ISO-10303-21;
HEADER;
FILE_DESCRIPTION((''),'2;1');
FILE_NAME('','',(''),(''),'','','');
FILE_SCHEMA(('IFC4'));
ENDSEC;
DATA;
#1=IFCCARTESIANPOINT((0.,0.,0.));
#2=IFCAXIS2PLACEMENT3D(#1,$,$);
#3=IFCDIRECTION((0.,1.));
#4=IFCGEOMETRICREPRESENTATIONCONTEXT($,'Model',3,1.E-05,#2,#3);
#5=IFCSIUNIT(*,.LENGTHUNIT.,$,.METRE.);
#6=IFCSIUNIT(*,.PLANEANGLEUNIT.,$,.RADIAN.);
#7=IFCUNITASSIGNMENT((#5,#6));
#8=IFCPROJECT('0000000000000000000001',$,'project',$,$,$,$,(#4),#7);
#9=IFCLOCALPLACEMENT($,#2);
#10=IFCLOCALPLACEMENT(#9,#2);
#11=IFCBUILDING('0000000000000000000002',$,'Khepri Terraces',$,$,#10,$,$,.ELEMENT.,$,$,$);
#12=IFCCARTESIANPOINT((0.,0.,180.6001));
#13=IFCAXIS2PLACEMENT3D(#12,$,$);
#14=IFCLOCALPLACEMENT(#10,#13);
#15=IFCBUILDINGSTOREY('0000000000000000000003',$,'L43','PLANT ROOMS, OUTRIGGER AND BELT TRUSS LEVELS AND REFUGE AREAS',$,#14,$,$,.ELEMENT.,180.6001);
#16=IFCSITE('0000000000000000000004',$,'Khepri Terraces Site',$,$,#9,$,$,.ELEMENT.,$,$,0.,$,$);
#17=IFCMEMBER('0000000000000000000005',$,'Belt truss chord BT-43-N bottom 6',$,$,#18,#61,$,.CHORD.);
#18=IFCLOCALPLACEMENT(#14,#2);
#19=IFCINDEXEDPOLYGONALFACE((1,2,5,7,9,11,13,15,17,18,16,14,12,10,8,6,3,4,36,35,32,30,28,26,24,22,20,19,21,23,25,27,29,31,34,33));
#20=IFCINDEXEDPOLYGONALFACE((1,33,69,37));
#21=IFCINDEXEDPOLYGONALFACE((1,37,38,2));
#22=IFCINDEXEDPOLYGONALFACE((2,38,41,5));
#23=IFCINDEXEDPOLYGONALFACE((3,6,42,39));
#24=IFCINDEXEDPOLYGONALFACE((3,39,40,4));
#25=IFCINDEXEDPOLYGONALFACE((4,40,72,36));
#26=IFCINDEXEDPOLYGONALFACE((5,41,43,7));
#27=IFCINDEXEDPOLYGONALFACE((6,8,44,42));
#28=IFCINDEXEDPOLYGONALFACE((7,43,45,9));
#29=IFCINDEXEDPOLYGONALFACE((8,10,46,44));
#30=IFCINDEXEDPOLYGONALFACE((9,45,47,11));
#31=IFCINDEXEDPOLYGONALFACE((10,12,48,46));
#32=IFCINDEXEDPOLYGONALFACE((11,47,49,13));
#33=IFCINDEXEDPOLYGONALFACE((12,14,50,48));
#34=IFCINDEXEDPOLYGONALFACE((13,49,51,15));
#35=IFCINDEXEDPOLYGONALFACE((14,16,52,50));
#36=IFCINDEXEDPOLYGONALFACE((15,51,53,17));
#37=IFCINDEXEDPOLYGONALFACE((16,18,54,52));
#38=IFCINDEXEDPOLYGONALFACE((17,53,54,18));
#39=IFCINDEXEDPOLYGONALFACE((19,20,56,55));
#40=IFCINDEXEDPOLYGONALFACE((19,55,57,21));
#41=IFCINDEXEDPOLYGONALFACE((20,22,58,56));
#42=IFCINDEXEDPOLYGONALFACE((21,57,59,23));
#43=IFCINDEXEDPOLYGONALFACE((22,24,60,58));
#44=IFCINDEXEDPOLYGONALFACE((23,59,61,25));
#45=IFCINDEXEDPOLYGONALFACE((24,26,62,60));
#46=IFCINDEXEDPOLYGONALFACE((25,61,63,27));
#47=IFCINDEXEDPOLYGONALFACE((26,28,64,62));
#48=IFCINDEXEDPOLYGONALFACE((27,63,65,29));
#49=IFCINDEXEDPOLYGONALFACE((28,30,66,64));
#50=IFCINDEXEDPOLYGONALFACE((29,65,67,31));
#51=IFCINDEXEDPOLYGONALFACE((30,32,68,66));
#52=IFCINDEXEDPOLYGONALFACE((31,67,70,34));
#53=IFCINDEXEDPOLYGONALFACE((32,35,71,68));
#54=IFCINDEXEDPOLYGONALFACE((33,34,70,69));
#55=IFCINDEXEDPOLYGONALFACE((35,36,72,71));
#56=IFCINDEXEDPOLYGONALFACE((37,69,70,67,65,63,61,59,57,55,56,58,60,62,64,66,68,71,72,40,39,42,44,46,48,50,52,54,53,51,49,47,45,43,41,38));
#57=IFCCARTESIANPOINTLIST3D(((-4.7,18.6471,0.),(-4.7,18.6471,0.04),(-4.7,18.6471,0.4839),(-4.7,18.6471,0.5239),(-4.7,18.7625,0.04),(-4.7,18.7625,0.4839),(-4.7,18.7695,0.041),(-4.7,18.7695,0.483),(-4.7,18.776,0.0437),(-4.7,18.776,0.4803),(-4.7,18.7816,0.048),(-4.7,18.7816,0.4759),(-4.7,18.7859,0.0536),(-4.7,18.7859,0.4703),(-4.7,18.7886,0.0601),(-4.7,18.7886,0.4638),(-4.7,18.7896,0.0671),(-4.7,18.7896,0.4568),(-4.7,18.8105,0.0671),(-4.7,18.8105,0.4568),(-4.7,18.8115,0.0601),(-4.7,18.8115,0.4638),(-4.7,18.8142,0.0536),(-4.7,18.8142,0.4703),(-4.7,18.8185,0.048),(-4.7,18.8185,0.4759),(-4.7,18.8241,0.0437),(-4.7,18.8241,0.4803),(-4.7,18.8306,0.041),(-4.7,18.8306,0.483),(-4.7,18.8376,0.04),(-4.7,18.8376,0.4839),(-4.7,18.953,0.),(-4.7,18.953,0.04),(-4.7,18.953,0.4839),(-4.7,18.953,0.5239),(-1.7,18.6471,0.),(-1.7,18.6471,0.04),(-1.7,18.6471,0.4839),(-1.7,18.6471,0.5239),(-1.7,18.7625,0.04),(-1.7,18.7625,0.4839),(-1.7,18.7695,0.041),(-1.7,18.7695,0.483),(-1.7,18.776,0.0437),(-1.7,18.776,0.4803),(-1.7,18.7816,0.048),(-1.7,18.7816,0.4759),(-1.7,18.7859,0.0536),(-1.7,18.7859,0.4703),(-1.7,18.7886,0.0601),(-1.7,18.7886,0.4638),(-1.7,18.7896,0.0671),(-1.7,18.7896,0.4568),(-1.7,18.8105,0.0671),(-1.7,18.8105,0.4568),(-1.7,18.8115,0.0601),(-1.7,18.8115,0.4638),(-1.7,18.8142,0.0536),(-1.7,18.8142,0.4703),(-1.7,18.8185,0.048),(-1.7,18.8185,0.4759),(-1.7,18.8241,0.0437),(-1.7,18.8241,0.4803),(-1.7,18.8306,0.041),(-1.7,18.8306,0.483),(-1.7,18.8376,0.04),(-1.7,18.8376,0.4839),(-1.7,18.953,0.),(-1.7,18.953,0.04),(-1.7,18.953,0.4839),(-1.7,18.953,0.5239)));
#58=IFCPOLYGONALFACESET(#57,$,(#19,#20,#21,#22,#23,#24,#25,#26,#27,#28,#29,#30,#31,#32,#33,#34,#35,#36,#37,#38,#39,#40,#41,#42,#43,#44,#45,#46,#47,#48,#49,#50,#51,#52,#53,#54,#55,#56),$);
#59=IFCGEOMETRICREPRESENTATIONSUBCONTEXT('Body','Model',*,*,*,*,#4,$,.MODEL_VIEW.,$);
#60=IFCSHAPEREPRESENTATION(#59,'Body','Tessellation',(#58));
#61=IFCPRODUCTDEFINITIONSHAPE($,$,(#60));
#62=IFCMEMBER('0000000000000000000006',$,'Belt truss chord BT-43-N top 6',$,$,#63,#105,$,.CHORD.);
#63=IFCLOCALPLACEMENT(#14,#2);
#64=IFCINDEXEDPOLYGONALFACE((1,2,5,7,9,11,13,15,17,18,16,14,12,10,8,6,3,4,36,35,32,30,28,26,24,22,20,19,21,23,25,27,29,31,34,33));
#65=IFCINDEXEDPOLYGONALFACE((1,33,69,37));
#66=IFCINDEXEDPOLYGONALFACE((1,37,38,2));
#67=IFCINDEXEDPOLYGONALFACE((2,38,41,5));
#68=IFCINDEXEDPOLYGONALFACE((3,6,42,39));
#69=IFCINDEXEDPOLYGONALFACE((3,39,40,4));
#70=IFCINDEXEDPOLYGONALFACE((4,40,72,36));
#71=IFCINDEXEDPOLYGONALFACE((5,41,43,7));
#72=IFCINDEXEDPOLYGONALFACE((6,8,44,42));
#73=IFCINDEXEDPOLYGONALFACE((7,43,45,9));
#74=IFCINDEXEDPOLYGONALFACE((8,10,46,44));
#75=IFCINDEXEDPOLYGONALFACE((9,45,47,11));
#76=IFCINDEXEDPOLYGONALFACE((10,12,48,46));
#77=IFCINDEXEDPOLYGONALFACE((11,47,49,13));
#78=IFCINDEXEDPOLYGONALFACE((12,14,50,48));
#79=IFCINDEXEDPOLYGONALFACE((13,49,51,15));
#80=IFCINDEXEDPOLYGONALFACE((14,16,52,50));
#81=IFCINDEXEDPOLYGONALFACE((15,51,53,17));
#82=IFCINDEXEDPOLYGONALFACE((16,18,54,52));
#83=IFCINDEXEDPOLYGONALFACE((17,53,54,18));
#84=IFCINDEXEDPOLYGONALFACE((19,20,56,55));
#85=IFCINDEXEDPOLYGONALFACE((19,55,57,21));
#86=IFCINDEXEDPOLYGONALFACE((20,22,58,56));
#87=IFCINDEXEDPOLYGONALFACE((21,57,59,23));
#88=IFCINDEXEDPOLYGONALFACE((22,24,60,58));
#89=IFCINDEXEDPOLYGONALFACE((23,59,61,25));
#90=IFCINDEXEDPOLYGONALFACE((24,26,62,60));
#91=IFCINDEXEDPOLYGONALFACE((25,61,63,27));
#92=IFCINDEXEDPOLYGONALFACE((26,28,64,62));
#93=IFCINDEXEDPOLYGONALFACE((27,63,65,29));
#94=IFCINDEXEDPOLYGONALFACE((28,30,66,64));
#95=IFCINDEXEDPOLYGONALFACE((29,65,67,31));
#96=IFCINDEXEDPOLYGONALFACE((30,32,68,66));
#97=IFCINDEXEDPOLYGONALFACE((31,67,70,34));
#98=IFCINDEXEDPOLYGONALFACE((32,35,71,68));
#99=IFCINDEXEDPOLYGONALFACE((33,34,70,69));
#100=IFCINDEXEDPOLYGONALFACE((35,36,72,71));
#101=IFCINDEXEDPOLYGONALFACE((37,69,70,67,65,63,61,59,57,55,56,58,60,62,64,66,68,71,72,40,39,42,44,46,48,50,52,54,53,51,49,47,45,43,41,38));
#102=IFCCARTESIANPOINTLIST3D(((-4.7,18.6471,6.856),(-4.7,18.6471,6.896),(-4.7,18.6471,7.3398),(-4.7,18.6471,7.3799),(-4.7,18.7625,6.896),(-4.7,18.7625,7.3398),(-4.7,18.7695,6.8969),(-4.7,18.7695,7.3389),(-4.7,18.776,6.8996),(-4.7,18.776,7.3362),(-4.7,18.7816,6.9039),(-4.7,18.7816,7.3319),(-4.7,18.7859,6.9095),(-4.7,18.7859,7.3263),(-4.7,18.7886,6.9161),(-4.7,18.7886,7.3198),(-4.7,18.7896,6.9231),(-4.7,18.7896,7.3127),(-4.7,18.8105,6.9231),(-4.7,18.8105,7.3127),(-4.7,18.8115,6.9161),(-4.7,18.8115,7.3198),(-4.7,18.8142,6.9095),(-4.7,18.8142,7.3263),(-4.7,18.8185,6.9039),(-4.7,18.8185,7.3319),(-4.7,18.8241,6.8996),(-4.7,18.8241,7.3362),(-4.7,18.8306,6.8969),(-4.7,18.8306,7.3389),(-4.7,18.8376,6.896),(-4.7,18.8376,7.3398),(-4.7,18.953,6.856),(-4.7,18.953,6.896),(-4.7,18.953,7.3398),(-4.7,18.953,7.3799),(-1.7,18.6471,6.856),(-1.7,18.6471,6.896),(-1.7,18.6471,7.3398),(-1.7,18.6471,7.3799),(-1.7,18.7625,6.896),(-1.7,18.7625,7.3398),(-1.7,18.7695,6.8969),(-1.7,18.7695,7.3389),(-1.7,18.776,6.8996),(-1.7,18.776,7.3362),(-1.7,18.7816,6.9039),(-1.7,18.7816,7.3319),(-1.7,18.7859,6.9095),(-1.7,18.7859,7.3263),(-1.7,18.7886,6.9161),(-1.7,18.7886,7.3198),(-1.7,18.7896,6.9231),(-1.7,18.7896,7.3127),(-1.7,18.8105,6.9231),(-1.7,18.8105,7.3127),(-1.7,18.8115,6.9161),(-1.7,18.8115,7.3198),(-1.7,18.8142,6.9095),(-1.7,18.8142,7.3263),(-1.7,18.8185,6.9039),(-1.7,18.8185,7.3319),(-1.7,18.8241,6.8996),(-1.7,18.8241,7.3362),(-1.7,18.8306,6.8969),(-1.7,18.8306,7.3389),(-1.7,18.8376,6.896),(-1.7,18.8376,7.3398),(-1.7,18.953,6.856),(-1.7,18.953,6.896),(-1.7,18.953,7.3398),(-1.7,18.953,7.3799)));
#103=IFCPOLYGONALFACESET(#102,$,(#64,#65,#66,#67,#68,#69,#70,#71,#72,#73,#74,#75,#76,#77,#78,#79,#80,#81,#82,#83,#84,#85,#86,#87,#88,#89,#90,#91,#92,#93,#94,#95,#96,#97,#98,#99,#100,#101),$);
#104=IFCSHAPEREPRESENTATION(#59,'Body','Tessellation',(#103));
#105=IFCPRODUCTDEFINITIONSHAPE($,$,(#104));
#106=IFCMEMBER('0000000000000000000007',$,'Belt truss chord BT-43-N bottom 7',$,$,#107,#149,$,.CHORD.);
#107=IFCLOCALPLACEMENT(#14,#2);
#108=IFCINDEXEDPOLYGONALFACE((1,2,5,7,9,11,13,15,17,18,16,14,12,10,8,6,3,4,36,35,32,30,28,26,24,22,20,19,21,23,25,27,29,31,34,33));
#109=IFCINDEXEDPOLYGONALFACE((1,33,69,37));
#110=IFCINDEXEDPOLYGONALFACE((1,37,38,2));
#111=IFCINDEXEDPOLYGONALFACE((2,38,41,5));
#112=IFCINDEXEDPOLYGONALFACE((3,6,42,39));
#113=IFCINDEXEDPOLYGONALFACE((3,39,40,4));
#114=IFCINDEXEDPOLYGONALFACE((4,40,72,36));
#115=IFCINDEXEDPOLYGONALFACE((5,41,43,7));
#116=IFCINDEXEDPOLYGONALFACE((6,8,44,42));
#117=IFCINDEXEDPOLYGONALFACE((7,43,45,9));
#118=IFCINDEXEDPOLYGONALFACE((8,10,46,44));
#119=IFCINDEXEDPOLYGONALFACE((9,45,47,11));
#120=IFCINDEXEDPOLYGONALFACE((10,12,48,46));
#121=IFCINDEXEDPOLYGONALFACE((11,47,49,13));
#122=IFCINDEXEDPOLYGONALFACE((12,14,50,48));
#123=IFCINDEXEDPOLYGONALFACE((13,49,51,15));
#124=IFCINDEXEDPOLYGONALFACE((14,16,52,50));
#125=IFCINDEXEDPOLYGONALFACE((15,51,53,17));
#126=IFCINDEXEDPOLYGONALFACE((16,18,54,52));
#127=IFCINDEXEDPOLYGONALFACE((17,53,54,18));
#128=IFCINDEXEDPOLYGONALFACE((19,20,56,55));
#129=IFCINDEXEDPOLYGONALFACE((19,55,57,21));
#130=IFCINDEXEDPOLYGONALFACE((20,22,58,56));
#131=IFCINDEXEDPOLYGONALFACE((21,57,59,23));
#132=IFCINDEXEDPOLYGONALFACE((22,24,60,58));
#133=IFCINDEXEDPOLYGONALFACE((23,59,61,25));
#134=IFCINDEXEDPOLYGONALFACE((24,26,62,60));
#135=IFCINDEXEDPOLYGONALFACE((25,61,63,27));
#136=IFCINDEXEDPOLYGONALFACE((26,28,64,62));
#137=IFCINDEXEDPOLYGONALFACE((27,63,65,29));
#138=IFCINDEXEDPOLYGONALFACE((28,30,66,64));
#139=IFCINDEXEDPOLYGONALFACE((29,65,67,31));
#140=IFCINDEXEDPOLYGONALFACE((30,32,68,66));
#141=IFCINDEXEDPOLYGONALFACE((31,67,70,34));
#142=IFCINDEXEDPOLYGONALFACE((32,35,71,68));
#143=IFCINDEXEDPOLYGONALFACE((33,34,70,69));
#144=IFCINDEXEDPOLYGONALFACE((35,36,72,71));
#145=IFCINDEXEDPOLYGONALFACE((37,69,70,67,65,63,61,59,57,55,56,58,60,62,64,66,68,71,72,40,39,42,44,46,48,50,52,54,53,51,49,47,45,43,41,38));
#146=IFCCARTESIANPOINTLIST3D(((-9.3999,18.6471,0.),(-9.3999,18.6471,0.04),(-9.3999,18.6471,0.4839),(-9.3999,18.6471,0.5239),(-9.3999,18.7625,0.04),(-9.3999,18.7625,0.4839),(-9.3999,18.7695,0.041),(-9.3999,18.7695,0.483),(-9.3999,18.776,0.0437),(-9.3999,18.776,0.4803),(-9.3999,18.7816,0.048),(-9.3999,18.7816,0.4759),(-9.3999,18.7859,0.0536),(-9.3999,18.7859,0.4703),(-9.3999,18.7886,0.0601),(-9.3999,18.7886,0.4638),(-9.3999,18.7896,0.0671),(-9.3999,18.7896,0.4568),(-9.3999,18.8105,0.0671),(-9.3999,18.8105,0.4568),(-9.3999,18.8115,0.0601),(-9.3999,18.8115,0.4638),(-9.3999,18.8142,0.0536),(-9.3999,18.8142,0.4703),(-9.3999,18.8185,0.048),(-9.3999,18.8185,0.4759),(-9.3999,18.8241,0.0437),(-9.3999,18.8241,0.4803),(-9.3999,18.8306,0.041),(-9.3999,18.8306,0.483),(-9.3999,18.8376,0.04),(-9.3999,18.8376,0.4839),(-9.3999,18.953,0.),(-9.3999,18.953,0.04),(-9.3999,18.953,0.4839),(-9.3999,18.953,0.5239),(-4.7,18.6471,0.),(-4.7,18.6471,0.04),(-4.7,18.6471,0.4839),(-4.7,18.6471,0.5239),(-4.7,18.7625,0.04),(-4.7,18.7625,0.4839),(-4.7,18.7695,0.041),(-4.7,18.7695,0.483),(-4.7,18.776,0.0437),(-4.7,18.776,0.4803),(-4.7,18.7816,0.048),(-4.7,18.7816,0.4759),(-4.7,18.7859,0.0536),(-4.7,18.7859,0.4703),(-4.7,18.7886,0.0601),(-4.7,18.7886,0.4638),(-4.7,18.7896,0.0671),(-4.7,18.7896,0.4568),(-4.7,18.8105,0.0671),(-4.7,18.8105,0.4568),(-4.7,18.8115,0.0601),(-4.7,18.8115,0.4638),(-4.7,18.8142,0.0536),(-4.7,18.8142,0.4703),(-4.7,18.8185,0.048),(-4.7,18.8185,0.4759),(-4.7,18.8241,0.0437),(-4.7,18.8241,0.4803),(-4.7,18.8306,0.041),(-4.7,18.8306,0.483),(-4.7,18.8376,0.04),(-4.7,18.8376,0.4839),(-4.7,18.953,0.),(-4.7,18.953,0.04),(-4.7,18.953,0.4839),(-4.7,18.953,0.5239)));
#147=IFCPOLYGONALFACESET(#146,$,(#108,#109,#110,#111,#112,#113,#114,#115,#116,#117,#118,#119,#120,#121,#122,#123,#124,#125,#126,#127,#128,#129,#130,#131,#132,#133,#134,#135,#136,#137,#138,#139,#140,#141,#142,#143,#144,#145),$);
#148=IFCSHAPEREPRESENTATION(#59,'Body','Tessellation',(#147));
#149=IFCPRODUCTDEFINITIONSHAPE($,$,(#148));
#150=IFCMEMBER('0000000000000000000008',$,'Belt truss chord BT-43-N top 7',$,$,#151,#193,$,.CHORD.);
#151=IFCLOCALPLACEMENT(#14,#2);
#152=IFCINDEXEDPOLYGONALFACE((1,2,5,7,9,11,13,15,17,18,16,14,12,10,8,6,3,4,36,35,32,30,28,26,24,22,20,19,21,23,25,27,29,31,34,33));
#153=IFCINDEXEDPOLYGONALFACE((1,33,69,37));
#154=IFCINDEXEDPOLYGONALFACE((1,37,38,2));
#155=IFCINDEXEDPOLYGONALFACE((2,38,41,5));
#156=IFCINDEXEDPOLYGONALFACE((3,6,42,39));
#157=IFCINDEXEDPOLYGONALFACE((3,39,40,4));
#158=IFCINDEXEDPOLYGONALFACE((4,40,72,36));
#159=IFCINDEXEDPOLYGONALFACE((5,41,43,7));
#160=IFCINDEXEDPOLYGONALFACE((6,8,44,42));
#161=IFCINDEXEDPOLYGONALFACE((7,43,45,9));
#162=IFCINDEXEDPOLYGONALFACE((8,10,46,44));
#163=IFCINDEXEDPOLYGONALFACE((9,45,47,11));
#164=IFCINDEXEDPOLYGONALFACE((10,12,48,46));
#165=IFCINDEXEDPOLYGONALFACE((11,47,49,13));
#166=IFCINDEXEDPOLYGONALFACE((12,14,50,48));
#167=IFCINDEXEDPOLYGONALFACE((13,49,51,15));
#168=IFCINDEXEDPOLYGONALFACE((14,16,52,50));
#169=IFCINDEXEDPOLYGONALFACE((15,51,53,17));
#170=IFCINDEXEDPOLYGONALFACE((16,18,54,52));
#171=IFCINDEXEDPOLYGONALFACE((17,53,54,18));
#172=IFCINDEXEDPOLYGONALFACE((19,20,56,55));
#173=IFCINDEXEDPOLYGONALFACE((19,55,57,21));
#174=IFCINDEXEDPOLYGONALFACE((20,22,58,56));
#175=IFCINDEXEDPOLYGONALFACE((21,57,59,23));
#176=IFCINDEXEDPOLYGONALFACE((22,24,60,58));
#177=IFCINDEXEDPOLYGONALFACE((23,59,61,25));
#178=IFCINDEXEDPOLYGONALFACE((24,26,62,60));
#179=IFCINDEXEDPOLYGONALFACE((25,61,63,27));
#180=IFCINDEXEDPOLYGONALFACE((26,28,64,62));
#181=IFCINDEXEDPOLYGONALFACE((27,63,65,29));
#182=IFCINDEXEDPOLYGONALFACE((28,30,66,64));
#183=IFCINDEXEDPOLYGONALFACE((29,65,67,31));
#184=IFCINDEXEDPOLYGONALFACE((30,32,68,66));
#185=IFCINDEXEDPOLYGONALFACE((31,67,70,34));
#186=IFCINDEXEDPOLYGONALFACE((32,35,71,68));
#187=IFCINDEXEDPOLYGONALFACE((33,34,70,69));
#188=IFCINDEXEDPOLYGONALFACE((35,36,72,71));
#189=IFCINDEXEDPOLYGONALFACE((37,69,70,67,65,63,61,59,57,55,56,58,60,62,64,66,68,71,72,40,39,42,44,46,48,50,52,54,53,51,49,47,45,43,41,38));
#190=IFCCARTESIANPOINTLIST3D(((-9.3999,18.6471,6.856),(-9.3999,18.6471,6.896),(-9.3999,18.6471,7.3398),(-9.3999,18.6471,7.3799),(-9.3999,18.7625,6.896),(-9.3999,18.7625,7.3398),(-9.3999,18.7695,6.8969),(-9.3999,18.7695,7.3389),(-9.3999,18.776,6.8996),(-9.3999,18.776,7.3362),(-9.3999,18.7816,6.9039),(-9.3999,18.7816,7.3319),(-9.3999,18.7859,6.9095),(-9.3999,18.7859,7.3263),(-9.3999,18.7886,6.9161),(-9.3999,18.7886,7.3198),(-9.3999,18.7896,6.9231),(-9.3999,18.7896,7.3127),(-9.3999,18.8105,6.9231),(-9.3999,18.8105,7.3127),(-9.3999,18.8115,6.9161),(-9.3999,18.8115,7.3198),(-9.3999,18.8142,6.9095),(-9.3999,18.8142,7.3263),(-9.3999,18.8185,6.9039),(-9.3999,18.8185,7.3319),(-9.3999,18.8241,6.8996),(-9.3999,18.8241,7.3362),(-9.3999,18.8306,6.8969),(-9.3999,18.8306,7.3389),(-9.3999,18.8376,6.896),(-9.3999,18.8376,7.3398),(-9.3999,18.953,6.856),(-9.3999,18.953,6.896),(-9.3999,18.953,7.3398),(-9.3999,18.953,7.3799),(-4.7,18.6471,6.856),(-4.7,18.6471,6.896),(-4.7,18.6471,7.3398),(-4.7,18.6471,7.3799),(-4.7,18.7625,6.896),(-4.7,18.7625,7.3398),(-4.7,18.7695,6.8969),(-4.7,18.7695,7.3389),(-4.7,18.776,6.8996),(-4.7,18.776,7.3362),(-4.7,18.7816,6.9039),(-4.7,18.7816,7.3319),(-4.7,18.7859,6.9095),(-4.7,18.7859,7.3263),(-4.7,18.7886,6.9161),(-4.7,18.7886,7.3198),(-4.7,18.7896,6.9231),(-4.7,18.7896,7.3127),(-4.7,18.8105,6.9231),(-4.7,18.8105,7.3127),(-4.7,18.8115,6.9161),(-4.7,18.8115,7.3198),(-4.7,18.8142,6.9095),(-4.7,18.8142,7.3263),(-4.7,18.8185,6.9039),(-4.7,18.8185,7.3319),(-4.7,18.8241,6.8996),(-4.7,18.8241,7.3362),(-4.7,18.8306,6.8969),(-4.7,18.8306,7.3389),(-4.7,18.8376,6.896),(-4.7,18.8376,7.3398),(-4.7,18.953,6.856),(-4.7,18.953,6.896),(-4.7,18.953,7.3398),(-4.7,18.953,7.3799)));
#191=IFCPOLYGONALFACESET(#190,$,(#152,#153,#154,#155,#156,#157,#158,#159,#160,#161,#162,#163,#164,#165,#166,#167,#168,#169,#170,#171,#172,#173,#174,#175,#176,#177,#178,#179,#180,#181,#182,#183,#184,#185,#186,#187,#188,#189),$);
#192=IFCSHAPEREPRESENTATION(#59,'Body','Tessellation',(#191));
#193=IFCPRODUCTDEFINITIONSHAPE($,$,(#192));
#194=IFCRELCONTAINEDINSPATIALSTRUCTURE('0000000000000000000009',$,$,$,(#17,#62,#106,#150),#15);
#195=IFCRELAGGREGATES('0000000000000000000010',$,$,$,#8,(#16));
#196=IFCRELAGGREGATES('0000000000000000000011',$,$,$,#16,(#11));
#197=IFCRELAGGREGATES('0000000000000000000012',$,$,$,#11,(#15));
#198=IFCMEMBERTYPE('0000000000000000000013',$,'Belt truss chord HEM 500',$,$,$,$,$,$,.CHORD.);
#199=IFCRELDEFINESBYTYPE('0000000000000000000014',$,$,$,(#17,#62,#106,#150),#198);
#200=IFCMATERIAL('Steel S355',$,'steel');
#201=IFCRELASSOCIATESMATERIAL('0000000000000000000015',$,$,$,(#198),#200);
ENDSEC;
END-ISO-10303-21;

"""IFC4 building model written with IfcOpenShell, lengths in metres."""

from ifc_helpers import new_model, si_unit, direction, frame, origin, origin_2d, place, context, subcontext, project, spatial, i_section, extrude, material, material_profile, profile_set, type_object, element, save


model = new_model("IFC4")

# Units and contexts
model_context = context("Model", 3, precision=1e-05, world=origin(), true_north=direction((0.0, 1.0)))
body_context = subcontext(model_context, "Body", "Model", "MODEL_VIEW")
ifc_project = project(units=[si_unit("LENGTHUNIT", "METRE"), si_unit("PLANEANGLEUNIT", "RADIAN")], contexts=[model_context])

# Site, building, storey
site_placement = place(None, origin())
site = spatial("IfcSite", under=ifc_project, at=site_placement, Name="Khepri Terraces Site", CompositionType="ELEMENT", RefElevation=0.0)
building_placement = place(site_placement, origin())
building = spatial("IfcBuilding", under=site, at=building_placement, Name="Khepri Terraces", CompositionType="ELEMENT")
storey_placement = place(building_placement, frame((0.0, 0.0, 180.6001)))
storey = spatial("IfcBuildingStorey", under=building, at=storey_placement, Name="L43", Description="PLANT ROOMS, OUTRIGGER AND BELT TRUSS LEVELS AND REFUGE AREAS", CompositionType="ELEMENT", Elevation=180.6001)

# Members
ifc_material_1 = material(Name="Steel S355", Category="steel")
ifc_material_profile_1 = material_profile(ifc_material_1, i_section(OverallWidth=0.3059, OverallDepth=0.5239, WebThickness=0.021, FlangeThickness=0.04, FilletRadius=0.0271, at=origin_2d()), Name="Steel S355", Category="steel")
ifc_profile_set_1 = profile_set([ifc_material_profile_1], Name="Steel S355")
member_type_1 = type_object("IfcMemberType", Name="Belt truss chord HEM 500", PredefinedType="CHORD", material=ifc_profile_set_1)
for number, where, z_axis, x_axis, name in (
    (1, (-1.7, 18.8, 0.262), (-1.0, 0.0, 0.0), (0.0, -1.0, 0.0), "Belt truss chord BT-43-N bottom 6"),
    (2, (-1.7, 18.8, 7.1179), (-1.0, 0.0, 0.0), (0.0, -1.0, 0.0), "Belt truss chord BT-43-N top 6"),
):
    element("IfcMember", number, at=place(storey_placement, frame(where, z_axis=z_axis, x_axis=x_axis)), inside=storey, type_object=member_type_1, Name=name, PredefinedType="CHORD", context=body_context, shape_type="SweptSolid", body=[
        extrude(i_section(OverallWidth=0.3059, OverallDepth=0.5239, WebThickness=0.021, FlangeThickness=0.04, FilletRadius=0.0271, at=origin_2d()), origin(), (0.0, 0.0, 1.0), 3.0),
    ])
for number, where, z_axis, x_axis, name in (
    (3, (-4.7, 18.8, 0.262), (-1.0, 0.0, 0.0), (0.0, -1.0, 0.0), "Belt truss chord BT-43-N bottom 7"),
    (4, (-4.7, 18.8, 7.1179), (-1.0, 0.0, 0.0), (0.0, -1.0, 0.0), "Belt truss chord BT-43-N top 7"),
):
    element("IfcMember", number, at=place(storey_placement, frame(where, z_axis=z_axis, x_axis=x_axis)), inside=storey, type_object=member_type_1, Name=name, PredefinedType="CHORD", context=body_context, shape_type="SweptSolid", body=[
        extrude(i_section(OverallWidth=0.3059, OverallDepth=0.5239, WebThickness=0.021, FlangeThickness=0.04, FilletRadius=0.0271, at=origin_2d()), origin(), (0.0, 0.0, 1.0), 4.7),
    ])

save(model, "model.ifc")
